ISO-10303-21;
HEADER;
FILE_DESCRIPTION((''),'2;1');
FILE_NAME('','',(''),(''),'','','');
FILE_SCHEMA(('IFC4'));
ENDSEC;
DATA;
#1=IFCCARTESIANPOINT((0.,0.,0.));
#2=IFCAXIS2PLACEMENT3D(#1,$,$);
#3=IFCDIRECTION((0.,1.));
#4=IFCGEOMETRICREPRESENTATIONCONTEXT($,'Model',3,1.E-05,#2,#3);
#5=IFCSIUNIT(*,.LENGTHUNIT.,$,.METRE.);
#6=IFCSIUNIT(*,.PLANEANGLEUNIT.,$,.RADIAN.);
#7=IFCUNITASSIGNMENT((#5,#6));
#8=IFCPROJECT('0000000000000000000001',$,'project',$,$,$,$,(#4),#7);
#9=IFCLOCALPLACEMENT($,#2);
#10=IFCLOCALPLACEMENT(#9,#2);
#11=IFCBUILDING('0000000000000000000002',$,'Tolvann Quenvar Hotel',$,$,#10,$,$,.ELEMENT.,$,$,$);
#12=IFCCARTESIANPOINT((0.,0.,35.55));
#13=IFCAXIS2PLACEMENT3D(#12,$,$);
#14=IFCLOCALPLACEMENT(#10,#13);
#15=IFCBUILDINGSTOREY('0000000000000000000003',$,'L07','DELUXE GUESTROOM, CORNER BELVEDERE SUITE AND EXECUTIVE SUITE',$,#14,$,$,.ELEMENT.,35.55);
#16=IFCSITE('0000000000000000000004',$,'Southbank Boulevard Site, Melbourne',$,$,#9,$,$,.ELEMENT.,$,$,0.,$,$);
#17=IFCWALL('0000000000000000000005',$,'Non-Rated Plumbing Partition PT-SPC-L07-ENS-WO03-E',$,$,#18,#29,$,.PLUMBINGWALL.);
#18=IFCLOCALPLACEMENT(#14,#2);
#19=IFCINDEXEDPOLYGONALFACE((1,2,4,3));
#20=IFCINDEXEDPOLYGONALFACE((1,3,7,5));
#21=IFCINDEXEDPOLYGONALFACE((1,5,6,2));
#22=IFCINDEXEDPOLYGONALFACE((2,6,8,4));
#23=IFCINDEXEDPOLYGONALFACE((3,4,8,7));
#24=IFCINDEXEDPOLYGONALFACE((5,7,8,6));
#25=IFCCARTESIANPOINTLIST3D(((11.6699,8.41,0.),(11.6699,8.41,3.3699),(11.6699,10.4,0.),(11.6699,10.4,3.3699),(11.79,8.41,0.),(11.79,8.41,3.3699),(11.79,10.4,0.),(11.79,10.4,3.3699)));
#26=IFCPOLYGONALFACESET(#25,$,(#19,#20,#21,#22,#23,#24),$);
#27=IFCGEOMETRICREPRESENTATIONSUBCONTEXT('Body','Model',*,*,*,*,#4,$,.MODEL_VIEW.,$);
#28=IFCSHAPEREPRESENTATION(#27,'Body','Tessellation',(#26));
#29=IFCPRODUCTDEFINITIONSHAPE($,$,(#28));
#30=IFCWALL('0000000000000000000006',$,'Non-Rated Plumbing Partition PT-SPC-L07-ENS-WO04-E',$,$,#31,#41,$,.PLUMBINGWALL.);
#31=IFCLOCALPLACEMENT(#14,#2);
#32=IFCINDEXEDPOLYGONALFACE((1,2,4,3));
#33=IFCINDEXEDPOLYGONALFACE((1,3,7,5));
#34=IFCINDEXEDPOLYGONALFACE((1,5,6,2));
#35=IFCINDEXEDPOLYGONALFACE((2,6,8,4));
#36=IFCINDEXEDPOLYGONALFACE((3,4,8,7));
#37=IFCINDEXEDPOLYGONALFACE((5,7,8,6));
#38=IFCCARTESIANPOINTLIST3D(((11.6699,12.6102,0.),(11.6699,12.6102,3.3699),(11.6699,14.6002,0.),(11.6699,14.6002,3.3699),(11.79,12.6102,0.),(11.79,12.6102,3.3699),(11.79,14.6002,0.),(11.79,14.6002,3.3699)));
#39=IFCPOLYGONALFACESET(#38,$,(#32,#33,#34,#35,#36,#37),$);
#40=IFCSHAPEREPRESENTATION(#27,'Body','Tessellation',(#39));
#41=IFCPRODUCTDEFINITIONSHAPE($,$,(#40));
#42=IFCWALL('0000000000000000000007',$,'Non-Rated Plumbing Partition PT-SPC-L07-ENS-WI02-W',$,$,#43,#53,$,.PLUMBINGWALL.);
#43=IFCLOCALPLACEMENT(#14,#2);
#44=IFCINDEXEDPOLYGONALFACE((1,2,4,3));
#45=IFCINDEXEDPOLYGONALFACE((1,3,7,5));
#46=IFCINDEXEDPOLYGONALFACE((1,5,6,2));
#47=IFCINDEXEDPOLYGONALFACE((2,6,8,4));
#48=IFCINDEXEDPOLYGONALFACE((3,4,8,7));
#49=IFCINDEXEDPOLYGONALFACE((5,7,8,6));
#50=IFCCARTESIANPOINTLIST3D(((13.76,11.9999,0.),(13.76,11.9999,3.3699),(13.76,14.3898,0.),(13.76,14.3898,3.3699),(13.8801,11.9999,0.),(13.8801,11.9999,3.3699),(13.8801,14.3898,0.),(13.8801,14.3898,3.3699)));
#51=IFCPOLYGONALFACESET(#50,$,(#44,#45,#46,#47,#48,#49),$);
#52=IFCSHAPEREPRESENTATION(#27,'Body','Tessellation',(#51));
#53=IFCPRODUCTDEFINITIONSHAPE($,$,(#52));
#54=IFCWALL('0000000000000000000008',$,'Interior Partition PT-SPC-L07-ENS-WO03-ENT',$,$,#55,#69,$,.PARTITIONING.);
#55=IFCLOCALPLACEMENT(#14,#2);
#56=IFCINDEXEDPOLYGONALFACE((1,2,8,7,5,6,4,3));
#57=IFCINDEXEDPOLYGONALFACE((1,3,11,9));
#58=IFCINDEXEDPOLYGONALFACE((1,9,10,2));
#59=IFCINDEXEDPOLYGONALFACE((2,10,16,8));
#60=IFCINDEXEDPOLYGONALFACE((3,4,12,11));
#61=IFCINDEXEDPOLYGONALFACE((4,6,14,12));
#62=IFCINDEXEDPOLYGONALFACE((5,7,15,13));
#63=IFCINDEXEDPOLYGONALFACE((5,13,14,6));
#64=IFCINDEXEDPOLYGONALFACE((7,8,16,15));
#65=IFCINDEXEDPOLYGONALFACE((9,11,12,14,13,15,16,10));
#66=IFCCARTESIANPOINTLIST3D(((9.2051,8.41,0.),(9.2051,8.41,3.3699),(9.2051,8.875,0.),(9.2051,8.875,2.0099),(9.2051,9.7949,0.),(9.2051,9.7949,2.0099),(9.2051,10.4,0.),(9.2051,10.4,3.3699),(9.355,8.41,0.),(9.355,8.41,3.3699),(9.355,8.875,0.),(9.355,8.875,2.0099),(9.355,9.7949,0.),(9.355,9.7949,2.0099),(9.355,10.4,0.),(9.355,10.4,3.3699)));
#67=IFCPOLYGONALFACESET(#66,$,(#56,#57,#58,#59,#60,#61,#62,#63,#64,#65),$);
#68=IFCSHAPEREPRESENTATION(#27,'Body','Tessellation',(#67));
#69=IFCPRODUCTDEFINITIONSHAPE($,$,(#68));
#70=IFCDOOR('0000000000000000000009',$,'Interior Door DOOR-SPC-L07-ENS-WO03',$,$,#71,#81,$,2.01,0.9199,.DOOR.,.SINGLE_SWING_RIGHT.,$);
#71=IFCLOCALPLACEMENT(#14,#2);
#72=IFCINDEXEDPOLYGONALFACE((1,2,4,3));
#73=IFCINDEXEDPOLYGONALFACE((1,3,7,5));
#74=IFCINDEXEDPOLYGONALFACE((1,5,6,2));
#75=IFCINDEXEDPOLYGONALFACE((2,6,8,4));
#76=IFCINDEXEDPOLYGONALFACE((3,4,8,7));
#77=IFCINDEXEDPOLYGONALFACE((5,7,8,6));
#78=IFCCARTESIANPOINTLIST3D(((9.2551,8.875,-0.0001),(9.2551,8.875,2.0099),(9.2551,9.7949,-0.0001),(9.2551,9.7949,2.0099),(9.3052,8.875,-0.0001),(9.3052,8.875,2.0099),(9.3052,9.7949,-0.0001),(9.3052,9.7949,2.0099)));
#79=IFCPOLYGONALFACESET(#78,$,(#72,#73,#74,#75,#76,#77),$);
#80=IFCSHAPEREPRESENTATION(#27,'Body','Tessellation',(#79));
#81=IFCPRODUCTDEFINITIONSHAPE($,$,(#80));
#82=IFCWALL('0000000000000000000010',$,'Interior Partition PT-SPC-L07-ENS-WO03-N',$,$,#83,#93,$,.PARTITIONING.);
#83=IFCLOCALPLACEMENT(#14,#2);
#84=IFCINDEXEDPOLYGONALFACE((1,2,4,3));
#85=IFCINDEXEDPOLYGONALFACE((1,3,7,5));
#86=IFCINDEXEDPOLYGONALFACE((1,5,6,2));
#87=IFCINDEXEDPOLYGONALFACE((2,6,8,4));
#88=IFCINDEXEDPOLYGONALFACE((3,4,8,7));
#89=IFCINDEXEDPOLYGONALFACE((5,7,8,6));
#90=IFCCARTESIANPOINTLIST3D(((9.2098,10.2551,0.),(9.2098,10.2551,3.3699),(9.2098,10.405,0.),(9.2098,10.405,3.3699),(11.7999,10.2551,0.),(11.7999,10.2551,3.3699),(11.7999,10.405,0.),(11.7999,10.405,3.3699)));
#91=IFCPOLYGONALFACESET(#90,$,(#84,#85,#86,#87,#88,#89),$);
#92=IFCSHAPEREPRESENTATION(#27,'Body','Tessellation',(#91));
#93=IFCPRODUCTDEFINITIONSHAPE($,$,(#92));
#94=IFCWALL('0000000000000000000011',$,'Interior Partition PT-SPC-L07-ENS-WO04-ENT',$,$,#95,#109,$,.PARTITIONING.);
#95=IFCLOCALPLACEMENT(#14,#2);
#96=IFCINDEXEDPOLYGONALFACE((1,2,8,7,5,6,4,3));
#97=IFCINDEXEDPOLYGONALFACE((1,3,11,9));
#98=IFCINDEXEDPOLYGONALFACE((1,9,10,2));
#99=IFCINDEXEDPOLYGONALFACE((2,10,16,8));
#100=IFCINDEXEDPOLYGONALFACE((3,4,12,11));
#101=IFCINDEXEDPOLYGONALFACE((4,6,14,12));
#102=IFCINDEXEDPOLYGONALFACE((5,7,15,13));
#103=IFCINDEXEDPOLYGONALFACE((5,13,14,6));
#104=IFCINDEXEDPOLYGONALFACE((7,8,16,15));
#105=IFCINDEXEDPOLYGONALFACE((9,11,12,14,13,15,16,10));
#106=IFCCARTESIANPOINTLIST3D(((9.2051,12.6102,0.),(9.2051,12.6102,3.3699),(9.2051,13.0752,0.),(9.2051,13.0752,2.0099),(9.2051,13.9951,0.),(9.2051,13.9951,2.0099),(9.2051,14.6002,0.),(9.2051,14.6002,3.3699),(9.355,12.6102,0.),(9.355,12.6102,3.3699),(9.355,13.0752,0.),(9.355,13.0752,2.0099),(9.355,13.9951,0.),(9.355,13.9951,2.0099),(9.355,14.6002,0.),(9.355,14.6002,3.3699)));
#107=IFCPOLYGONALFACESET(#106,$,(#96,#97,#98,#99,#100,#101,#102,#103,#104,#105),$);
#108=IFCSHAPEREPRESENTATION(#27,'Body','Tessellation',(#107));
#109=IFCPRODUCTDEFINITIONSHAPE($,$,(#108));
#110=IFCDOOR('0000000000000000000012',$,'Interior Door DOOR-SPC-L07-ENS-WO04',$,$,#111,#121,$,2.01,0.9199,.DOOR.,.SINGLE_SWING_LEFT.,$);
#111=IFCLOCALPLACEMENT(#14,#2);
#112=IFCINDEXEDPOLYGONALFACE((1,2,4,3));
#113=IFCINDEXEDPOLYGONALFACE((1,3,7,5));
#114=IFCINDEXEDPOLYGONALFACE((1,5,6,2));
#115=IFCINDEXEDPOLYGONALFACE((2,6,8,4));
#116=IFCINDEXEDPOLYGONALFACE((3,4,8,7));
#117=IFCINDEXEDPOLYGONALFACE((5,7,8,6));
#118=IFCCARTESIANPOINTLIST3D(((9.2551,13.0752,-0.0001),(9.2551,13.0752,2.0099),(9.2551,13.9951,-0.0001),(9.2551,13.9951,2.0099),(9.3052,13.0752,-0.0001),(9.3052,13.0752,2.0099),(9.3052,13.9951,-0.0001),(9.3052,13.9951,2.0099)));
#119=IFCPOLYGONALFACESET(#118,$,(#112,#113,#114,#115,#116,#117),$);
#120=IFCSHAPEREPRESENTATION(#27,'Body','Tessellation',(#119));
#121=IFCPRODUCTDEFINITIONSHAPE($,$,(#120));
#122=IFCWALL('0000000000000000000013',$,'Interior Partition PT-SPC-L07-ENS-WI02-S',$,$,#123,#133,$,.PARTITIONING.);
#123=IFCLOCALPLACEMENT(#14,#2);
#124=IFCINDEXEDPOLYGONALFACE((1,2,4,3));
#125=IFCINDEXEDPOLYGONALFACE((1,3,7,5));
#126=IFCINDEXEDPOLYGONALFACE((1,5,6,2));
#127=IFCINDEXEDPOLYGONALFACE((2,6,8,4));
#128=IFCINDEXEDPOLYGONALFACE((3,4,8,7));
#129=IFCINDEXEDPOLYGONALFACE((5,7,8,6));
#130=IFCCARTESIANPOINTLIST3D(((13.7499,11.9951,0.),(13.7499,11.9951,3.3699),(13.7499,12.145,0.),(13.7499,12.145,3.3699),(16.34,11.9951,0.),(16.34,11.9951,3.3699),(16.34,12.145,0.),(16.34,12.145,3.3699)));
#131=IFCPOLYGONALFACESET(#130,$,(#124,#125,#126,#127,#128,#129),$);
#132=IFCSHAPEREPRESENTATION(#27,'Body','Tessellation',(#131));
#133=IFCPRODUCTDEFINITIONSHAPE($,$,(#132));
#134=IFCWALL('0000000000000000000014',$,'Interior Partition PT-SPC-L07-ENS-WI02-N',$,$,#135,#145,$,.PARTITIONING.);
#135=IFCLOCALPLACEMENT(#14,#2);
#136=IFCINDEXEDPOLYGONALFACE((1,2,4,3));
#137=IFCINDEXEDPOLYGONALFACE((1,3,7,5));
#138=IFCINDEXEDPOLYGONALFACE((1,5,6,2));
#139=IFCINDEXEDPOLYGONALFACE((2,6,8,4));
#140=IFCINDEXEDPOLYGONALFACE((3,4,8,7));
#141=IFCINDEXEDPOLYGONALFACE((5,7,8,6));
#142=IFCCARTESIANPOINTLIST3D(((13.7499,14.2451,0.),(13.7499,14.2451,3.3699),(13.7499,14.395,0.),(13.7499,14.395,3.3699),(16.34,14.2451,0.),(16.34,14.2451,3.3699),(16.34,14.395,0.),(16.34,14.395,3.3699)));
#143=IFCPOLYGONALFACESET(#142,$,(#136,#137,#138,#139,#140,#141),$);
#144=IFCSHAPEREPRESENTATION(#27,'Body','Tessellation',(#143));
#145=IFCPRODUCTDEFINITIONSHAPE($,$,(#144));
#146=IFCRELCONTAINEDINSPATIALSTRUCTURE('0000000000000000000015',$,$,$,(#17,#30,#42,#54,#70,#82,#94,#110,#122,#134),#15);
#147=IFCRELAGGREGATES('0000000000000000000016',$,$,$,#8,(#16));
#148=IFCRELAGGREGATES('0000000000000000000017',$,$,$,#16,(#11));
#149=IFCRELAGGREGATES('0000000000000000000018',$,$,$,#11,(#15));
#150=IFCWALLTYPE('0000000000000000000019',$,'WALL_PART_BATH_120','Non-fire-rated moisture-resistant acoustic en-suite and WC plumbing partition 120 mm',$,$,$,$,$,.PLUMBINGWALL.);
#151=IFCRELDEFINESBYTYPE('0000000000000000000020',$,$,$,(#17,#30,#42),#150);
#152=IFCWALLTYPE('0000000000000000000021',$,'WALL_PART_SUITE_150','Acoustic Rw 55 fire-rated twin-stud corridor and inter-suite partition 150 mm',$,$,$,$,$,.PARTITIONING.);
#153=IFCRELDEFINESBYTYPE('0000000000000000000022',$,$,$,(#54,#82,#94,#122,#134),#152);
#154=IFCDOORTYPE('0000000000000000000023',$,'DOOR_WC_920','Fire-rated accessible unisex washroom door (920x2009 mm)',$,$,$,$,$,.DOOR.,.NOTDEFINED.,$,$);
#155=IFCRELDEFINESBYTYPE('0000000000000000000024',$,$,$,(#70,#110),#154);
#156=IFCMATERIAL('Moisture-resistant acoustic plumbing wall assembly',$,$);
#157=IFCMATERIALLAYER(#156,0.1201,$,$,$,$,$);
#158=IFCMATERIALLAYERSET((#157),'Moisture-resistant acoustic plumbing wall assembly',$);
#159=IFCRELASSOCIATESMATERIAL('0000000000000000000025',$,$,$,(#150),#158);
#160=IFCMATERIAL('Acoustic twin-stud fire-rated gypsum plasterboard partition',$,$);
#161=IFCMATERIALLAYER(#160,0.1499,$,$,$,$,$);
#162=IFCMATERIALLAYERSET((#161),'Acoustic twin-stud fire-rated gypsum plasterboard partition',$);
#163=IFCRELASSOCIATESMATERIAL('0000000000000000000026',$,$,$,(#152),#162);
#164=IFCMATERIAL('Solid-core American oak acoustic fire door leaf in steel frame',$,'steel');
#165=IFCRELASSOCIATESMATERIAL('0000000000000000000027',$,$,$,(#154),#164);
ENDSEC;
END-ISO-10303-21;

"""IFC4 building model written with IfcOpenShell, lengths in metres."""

from ifc_helpers import new_model, si_unit, direction, frame, frame_2d, origin, place, context, subcontext, project, spatial, rectangle, extrude, source, transform, mapped, material, layer, layer_set, type_object, type_shapes, element, fill, save


model = new_model("IFC4")

# Units and contexts
model_context = context("Model", 3, precision=1e-05, world=origin(), true_north=direction((0.0, 1.0)))
body_context = subcontext(model_context, "Body", "Model", "MODEL_VIEW")
ifc_project = project(units=[si_unit("LENGTHUNIT", "METRE"), si_unit("PLANEANGLEUNIT", "RADIAN")], contexts=[model_context])

# Site, building, storey
site_placement = place(None, origin())
site = spatial("IfcSite", under=ifc_project, at=site_placement, Name="Southbank Boulevard Site, Melbourne", CompositionType="ELEMENT", RefElevation=0.0)
building_placement = place(site_placement, origin())
building = spatial("IfcBuilding", under=site, at=building_placement, Name="Tolvann Quenvar Hotel", CompositionType="ELEMENT")
storey_placement = place(building_placement, frame((0.0, 0.0, 35.55)))
storey = spatial("IfcBuildingStorey", under=building, at=storey_placement, Name="L07", Description="DELUXE GUESTROOM, CORNER BELVEDERE SUITE AND EXECUTIVE SUITE", CompositionType="ELEMENT", Elevation=35.55)

# Walls
ifc_material_1 = material(Name="Moisture-resistant acoustic plumbing wall assembly")
ifc_layer_1 = layer(ifc_material_1, 0.1201)
ifc_layer_set_1 = layer_set([ifc_layer_1], Name="Moisture-resistant acoustic plumbing wall assembly")
wall_type_1 = type_object("IfcWallType", Name="WALL_PART_BATH_120", Description="Non-fire-rated moisture-resistant acoustic en-suite and WC plumbing partition 120 mm", PredefinedType="PLUMBINGWALL", material=ifc_layer_set_1)
for number, where, z_axis, x_axis, name in (
    (1, (11.73, 8.4099, 0.0), (0.0, 0.0, 1.0), (0.0, 1.0, 0.0), "Non-Rated Plumbing Partition PT-SPC-L07-ENS-WO03-E"),
    (2, (11.73, 12.6101, 0.0), (0.0, 0.0, 1.0), (0.0, 1.0, 0.0), "Non-Rated Plumbing Partition PT-SPC-L07-ENS-WO04-E"),
):
    element("IfcWall", number, at=place(storey_placement, frame(where, z_axis=z_axis, x_axis=x_axis)), inside=storey, type_object=wall_type_1, Name=name, PredefinedType="PLUMBINGWALL", context=body_context, shape_type="SweptSolid", body=[
        extrude(rectangle(XDim=1.99, YDim=0.1201, at=frame_2d((0.9951, 0.0))), origin(), (0.0, 0.0, 1.0), 3.3699),
    ])
wall_1_placement = place(storey_placement, frame((13.8201, 12.0, 0.0), z_axis=(0.0, 0.0, 1.0), x_axis=(0.0, 1.0, 0.0)))
element("IfcWall", 3, at=wall_1_placement, inside=storey, type_object=wall_type_1, Name="Non-Rated Plumbing Partition PT-SPC-L07-ENS-WI02-W", PredefinedType="PLUMBINGWALL", context=body_context, shape_type="SweptSolid", body=[
    extrude(rectangle(XDim=2.3899, YDim=0.1201, at=frame_2d((1.1948, 0.0))), origin(), (0.0, 0.0, 1.0), 3.3699),
])

# Wall, opening, door
ifc_material_2 = material(Name="Acoustic twin-stud fire-rated gypsum plasterboard partition")
ifc_layer_2 = layer(ifc_material_2, 0.1499)
ifc_layer_set_2 = layer_set([ifc_layer_2], Name="Acoustic twin-stud fire-rated gypsum plasterboard partition")
wall_type_2 = type_object("IfcWallType", Name="WALL_PART_SUITE_150", Description="Acoustic Rw 55 fire-rated twin-stud corridor and inter-suite partition 150 mm", PredefinedType="PARTITIONING", material=ifc_layer_set_2)
wall_2_placement = place(storey_placement, frame((9.28, 8.4099, 0.0), z_axis=(0.0, 0.0, 1.0), x_axis=(0.0, 1.0, 0.0)))
wall_2 = element("IfcWall", 4, at=wall_2_placement, inside=storey, type_object=wall_type_2, Name="Interior Partition PT-SPC-L07-ENS-WO03-ENT", PredefinedType="PARTITIONING", context=body_context, shape_type="SweptSolid", body=[
    extrude(rectangle(XDim=1.99, YDim=0.1499, at=frame_2d((0.9951, 0.0))), origin(), (0.0, 0.0, 1.0), 3.3699),
])
opening_1_placement = place(wall_2_placement, frame((0.4651, 0.0, 0.0)))
opening_1 = element("IfcOpeningElement", 5, at=opening_1_placement, cuts=wall_2, PredefinedType="OPENING", context=body_context, shape_type="SweptSolid", body=[
    extrude(rectangle(XDim=0.9199, YDim=2.01, at=frame_2d((0.46, 1.0049))), frame((0.0, 0.085, 0.0), z_axis=(0.0, -1.0, 0.0), x_axis=(1.0, 0.0, 0.0)), (0.0, 0.0, 1.0), 0.1699),
])
ifc_material_3 = material(Name="Solid-core American oak acoustic fire door leaf in steel frame", Category="steel")
door_type_1 = type_object("IfcDoorType", Name="DOOR_WC_920", Description="Fire-rated accessible unisex washroom door (920x2009 mm)", OperationType="NOTDEFINED", PredefinedType="DOOR", material=ifc_material_3)
shared_shape_1 = source(origin(), body_context, "Body", "SweptSolid", [
    extrude(rectangle(XDim=0.9199, YDim=2.01, at=frame_2d((0.46, 1.0049))), frame((0.0, 0.0249, 0.0), z_axis=(0.0, -1.0, 0.0), x_axis=(1.0, 0.0, 0.0)), (0.0, 0.0, 1.0), 0.05),
])
type_shapes(door_type_1, [shared_shape_1])
door_1_placement = place(opening_1_placement, origin())
door_1 = element("IfcDoor", 6, at=door_1_placement, inside=storey, type_object=door_type_1, Name="Interior Door DOOR-SPC-L07-ENS-WO03", OperationType="SINGLE_SWING_RIGHT", OverallHeight=2.01, OverallWidth=0.9199, PredefinedType="DOOR", context=body_context, shape_type="MappedRepresentation", body=[
    mapped(shared_shape_1, transform((0.0, 0.0, 0.0), x_axis=(1.0, 0.0, 0.0), y_axis=(0.0, 1.0, 0.0), z_axis=(0.0, 0.0, 1.0), scale=1.0)),
])
fill(opening_1, door_1)

# Wall
wall_3_placement = place(storey_placement, frame((9.21, 10.3301, 0.0), z_axis=(0.0, 0.0, 1.0), x_axis=(1.0, 0.0, 0.0)))
element("IfcWall", 7, at=wall_3_placement, inside=storey, type_object=wall_type_2, Name="Interior Partition PT-SPC-L07-ENS-WO03-N", PredefinedType="PARTITIONING", context=body_context, shape_type="SweptSolid", body=[
    extrude(rectangle(XDim=2.5901, YDim=0.1499, at=frame_2d((1.2949, 0.0))), origin(), (0.0, 0.0, 1.0), 3.3699),
])

# Wall, opening, door
wall_4_placement = place(storey_placement, frame((9.28, 12.6101, 0.0), z_axis=(0.0, 0.0, 1.0), x_axis=(0.0, 1.0, 0.0)))
wall_4 = element("IfcWall", 8, at=wall_4_placement, inside=storey, type_object=wall_type_2, Name="Interior Partition PT-SPC-L07-ENS-WO04-ENT", PredefinedType="PARTITIONING", context=body_context, shape_type="SweptSolid", body=[
    extrude(rectangle(XDim=1.99, YDim=0.1499, at=frame_2d((0.9951, 0.0))), origin(), (0.0, 0.0, 1.0), 3.3699),
])
opening_2_placement = place(wall_4_placement, frame((0.4651, 0.0, 0.0)))
opening_2 = element("IfcOpeningElement", 9, at=opening_2_placement, cuts=wall_4, PredefinedType="OPENING", context=body_context, shape_type="SweptSolid", body=[
    extrude(rectangle(XDim=0.9199, YDim=2.01, at=frame_2d((0.46, 1.0049))), frame((0.0, 0.085, 0.0), z_axis=(0.0, -1.0, 0.0), x_axis=(1.0, 0.0, 0.0)), (0.0, 0.0, 1.0), 0.1699),
])
door_2_placement = place(opening_2_placement, origin())
door_2 = element("IfcDoor", 10, at=door_2_placement, inside=storey, type_object=door_type_1, Name="Interior Door DOOR-SPC-L07-ENS-WO04", OperationType="SINGLE_SWING_LEFT", OverallHeight=2.01, OverallWidth=0.9199, PredefinedType="DOOR", context=body_context, shape_type="MappedRepresentation", body=[
    mapped(shared_shape_1, transform((0.0, 0.0, 0.0), x_axis=(1.0, 0.0, 0.0), y_axis=(0.0, 1.0, 0.0), z_axis=(0.0, 0.0, 1.0), scale=1.0)),
])
fill(opening_2, door_2)

# Walls
for number, where, z_axis, x_axis, name in (
    (11, (13.75, 12.0701, 0.0), (0.0, 0.0, 1.0), (1.0, 0.0, 0.0), "Interior Partition PT-SPC-L07-ENS-WI02-S"),
    (12, (13.75, 14.3201, 0.0), (0.0, 0.0, 1.0), (1.0, 0.0, 0.0), "Interior Partition PT-SPC-L07-ENS-WI02-N"),
):
    element("IfcWall", number, at=place(storey_placement, frame(where, z_axis=z_axis, x_axis=x_axis)), inside=storey, type_object=wall_type_2, Name=name, PredefinedType="PARTITIONING", context=body_context, shape_type="SweptSolid", body=[
        extrude(rectangle(XDim=2.5901, YDim=0.1499, at=frame_2d((1.2949, 0.0))), origin(), (0.0, 0.0, 1.0), 3.3699),
    ])

save(model, "model.ifc")
